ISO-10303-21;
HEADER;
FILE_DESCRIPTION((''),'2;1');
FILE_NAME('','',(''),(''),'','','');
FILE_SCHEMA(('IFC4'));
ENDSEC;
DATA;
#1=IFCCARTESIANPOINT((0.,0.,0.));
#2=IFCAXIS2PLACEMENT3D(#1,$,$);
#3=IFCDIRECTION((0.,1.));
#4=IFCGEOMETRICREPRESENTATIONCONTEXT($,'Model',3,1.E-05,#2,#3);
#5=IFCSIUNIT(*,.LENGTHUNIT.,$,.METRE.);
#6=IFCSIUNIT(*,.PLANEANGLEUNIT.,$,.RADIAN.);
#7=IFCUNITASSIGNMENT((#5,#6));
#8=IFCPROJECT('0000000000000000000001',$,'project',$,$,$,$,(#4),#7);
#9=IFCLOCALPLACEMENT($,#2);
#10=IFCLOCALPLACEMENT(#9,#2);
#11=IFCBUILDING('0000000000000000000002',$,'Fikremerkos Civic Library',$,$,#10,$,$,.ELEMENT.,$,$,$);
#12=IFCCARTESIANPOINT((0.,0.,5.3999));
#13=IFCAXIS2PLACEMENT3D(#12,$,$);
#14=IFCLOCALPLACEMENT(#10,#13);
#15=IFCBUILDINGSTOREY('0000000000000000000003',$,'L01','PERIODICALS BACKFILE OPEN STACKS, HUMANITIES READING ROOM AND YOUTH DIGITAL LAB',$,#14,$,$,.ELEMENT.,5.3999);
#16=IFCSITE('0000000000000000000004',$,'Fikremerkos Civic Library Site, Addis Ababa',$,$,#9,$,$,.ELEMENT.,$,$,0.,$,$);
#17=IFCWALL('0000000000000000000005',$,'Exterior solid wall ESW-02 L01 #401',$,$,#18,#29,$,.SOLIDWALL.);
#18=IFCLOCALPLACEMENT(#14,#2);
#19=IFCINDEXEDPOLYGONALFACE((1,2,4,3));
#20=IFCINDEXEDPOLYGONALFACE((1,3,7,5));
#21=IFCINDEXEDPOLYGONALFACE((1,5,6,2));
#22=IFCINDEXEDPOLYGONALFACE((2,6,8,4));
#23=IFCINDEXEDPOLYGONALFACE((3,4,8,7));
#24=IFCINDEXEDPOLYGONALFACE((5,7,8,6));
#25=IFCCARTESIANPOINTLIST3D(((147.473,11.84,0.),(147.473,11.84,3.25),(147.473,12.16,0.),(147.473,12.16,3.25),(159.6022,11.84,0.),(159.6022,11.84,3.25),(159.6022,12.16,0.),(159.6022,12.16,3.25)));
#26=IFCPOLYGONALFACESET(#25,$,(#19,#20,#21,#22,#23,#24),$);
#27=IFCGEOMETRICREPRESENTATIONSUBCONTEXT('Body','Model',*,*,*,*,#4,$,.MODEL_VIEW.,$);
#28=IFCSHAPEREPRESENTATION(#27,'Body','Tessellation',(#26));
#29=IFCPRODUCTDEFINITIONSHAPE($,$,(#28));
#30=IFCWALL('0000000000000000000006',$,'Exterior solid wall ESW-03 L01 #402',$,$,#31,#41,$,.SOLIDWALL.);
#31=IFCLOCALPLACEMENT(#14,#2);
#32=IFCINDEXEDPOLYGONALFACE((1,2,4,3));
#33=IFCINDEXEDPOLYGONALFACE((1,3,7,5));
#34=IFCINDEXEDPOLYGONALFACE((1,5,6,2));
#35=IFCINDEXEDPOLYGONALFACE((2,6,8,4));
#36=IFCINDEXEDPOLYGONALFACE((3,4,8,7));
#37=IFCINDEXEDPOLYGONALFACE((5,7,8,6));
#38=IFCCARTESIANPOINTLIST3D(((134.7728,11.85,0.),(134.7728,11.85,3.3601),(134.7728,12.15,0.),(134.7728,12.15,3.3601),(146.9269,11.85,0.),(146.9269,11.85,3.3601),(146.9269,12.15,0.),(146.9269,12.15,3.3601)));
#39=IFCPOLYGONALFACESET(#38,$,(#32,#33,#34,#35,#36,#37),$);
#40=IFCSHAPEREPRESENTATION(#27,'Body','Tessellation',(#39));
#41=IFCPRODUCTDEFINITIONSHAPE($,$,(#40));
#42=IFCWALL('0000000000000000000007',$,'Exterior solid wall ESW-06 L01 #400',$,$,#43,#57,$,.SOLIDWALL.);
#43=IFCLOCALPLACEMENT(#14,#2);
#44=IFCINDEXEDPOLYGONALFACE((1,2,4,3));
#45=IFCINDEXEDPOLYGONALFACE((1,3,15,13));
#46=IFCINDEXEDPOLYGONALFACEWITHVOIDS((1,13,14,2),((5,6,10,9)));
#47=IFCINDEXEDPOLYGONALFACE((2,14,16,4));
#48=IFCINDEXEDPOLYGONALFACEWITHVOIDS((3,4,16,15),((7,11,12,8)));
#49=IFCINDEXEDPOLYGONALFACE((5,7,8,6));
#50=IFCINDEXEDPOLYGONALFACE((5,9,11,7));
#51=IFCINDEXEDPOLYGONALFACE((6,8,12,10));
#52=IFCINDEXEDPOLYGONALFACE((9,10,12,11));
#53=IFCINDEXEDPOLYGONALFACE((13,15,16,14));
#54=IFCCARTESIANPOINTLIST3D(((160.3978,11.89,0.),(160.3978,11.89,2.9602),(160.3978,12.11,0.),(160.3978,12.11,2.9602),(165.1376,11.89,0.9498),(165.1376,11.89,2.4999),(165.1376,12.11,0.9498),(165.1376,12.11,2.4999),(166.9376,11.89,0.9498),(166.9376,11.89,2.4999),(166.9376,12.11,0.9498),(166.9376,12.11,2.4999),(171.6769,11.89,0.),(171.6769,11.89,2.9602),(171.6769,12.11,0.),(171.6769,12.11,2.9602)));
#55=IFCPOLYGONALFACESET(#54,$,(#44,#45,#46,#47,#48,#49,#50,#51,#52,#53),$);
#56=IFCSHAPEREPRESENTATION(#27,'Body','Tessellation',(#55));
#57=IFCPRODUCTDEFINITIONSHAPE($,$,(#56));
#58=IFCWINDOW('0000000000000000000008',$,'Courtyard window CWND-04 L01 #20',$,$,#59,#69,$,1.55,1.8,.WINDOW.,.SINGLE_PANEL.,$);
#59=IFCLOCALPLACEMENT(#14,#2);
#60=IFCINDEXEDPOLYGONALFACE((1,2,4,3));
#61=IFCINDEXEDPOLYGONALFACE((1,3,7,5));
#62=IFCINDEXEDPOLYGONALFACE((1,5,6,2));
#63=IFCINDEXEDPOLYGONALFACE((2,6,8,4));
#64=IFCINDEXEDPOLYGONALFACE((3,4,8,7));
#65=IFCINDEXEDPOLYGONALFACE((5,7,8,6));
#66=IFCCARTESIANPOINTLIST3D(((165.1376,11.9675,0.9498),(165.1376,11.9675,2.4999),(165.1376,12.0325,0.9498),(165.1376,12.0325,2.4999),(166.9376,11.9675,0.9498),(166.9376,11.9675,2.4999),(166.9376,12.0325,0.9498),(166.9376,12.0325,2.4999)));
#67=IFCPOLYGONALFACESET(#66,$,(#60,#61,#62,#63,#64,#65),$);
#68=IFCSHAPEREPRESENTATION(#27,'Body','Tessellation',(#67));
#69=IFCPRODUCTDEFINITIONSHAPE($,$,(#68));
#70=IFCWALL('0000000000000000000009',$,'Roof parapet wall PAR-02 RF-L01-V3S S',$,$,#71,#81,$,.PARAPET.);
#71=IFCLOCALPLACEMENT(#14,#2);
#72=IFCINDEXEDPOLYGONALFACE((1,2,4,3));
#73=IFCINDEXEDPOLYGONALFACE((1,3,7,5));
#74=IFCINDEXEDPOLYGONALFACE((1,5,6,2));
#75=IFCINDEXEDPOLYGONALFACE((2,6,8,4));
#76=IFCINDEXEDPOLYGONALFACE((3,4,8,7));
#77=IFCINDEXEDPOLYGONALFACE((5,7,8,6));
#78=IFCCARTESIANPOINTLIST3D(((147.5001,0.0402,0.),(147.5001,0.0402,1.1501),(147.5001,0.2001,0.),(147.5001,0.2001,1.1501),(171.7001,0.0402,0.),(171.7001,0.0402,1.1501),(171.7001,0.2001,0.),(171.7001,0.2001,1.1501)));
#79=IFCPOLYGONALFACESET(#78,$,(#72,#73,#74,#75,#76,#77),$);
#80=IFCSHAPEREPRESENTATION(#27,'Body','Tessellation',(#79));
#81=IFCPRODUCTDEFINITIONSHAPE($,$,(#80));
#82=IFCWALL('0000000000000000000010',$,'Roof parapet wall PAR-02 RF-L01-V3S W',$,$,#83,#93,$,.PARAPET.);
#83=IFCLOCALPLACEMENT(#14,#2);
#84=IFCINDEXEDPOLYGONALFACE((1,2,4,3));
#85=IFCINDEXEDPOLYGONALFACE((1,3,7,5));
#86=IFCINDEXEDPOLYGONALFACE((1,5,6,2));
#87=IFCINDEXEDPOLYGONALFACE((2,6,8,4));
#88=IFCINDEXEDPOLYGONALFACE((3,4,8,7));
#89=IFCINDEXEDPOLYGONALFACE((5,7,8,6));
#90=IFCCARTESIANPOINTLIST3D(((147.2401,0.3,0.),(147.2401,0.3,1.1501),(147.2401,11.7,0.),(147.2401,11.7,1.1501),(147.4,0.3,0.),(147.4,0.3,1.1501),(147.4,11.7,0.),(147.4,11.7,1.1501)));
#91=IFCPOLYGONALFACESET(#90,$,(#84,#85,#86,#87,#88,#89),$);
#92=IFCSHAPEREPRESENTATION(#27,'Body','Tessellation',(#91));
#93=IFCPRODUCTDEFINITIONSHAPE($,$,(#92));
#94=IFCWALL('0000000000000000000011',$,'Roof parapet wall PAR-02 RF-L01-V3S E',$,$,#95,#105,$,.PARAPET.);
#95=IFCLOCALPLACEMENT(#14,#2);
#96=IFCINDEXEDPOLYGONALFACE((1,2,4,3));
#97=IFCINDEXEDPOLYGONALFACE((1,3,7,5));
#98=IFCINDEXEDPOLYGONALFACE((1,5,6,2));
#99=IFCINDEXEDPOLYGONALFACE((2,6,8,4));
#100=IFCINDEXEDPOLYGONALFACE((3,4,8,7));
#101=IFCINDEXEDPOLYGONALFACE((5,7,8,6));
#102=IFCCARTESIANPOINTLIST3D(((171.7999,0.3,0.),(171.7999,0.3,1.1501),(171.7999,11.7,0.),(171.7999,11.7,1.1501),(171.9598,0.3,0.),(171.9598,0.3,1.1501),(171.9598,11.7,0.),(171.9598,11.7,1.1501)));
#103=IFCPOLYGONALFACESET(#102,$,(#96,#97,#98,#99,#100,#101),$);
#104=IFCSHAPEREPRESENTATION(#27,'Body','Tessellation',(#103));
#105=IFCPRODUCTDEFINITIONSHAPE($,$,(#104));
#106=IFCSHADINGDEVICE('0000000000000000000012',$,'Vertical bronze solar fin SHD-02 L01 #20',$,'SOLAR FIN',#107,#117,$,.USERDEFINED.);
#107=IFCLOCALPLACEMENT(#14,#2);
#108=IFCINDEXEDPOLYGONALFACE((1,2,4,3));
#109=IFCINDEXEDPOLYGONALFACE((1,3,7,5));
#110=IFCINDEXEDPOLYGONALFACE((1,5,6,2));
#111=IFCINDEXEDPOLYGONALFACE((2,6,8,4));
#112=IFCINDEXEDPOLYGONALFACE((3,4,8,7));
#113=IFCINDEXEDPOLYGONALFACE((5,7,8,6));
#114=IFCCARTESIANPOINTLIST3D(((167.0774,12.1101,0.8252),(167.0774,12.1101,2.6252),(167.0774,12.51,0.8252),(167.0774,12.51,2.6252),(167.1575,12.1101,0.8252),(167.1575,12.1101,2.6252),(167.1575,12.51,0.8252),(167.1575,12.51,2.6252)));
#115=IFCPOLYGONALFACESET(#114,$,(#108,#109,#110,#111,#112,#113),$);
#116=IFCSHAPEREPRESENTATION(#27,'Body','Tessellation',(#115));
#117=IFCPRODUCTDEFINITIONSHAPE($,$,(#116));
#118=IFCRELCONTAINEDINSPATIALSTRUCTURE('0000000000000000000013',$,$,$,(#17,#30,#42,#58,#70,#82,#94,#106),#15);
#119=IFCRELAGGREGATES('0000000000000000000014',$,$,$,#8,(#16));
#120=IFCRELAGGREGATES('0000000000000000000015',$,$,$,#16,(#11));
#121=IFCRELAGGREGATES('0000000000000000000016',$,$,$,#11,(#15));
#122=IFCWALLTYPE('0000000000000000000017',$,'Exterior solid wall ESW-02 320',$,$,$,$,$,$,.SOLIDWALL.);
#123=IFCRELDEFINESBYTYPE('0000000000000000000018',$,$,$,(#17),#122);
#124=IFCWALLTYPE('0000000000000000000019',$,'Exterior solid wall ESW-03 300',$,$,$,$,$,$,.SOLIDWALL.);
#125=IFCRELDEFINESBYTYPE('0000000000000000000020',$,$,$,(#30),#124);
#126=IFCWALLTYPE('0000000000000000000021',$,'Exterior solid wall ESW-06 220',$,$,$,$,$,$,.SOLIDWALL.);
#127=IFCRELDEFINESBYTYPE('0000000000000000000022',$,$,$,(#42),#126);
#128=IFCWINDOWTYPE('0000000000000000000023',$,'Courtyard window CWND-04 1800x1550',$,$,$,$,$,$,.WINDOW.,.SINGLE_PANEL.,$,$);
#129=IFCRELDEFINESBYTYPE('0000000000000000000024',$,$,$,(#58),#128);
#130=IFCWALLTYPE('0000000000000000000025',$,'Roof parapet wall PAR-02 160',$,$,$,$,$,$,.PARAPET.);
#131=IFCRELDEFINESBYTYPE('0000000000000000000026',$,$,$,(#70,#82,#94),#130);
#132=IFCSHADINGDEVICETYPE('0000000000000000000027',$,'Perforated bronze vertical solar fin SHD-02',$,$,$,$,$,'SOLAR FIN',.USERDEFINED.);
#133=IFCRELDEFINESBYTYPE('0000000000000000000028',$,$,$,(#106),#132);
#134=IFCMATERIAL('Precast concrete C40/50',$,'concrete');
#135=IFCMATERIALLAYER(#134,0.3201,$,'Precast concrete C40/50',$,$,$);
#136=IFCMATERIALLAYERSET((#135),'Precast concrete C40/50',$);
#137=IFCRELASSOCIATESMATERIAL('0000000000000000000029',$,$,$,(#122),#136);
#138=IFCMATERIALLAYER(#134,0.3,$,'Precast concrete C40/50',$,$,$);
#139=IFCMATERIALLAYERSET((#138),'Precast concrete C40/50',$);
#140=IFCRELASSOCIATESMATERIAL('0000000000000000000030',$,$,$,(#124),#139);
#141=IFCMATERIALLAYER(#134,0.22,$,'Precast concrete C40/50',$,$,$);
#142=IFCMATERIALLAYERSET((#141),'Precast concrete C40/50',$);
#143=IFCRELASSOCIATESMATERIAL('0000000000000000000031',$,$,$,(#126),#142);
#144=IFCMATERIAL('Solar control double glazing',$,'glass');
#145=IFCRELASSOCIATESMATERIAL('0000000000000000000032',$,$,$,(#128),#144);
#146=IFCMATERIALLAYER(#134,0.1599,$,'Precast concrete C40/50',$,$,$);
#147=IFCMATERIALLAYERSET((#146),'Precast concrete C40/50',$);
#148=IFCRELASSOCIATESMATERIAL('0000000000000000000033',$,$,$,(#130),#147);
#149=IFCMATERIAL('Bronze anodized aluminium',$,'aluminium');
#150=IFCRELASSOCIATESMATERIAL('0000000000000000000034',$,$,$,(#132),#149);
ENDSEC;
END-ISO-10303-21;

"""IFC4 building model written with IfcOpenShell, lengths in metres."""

from ifc_helpers import new_model, si_unit, direction, frame, frame_2d, origin, origin_2d, place, context, subcontext, project, spatial, rectangle, extrude, material, layer, layer_set, type_object, element, fill, save


model = new_model("IFC4")

# Units and contexts
model_context = context("Model", 3, precision=1e-05, world=origin(), true_north=direction((0.0, 1.0)))
body_context = subcontext(model_context, "Body", "Model", "MODEL_VIEW")
ifc_project = project(units=[si_unit("LENGTHUNIT", "METRE"), si_unit("PLANEANGLEUNIT", "RADIAN")], contexts=[model_context])

# Site, building, storey
site_placement = place(None, origin())
site = spatial("IfcSite", under=ifc_project, at=site_placement, Name="Fikremerkos Civic Library Site, Addis Ababa", CompositionType="ELEMENT", RefElevation=0.0)
building_placement = place(site_placement, origin())
building = spatial("IfcBuilding", under=site, at=building_placement, Name="Fikremerkos Civic Library", CompositionType="ELEMENT")
storey_placement = place(building_placement, frame((0.0, 0.0, 5.3999)))
storey = spatial("IfcBuildingStorey", under=building, at=storey_placement, Name="L01", Description="PERIODICALS BACKFILE OPEN STACKS, HUMANITIES READING ROOM AND YOUTH DIGITAL LAB", CompositionType="ELEMENT", Elevation=5.3999)

# Walls
ifc_material_1 = material(Name="Precast concrete C40/50", Category="concrete")
ifc_layer_1 = layer(ifc_material_1, 0.3201, Name="Precast concrete C40/50")
ifc_layer_set_1 = layer_set([ifc_layer_1], Name="Precast concrete C40/50")
wall_type_1 = type_object("IfcWallType", Name="Exterior solid wall ESW-02 320", PredefinedType="SOLIDWALL", material=ifc_layer_set_1)
wall_1_placement = place(storey_placement, frame((159.6021, 12.0, 0.0), z_axis=(0.0, 0.0, 1.0), x_axis=(-1.0, 0.0, 0.0)))
element("IfcWall", 1, at=wall_1_placement, inside=storey, type_object=wall_type_1, Name="Exterior solid wall ESW-02 L01 #401", PredefinedType="SOLIDWALL", context=body_context, shape_type="SweptSolid", body=[
    extrude(rectangle(XDim=12.1292, YDim=0.3201, at=frame_2d((6.0645, 0.0))), origin(), (0.0, 0.0, 1.0), 3.25),
])
ifc_layer_2 = layer(ifc_material_1, 0.3, Name="Precast concrete C40/50")
ifc_layer_set_2 = layer_set([ifc_layer_2], Name="Precast concrete C40/50")
wall_type_2 = type_object("IfcWallType", Name="Exterior solid wall ESW-03 300", PredefinedType="SOLIDWALL", material=ifc_layer_set_2)
wall_2_placement = place(storey_placement, frame((146.927, 12.0, 0.0), z_axis=(0.0, 0.0, 1.0), x_axis=(-1.0, 0.0, 0.0)))
element("IfcWall", 2, at=wall_2_placement, inside=storey, type_object=wall_type_2, Name="Exterior solid wall ESW-03 L01 #402", PredefinedType="SOLIDWALL", context=body_context, shape_type="SweptSolid", body=[
    extrude(rectangle(XDim=12.1541, YDim=0.3, at=frame_2d((6.0771, 0.0))), origin(), (0.0, 0.0, 1.0), 3.3601),
])

# Wall, opening, window
ifc_layer_3 = layer(ifc_material_1, 0.22, Name="Precast concrete C40/50")
ifc_layer_set_3 = layer_set([ifc_layer_3], Name="Precast concrete C40/50")
wall_type_3 = type_object("IfcWallType", Name="Exterior solid wall ESW-06 220", PredefinedType="SOLIDWALL", material=ifc_layer_set_3)
wall_3_placement = place(storey_placement, frame((171.677, 12.0, 0.0), z_axis=(0.0, 0.0, 1.0), x_axis=(-1.0, 0.0, 0.0)))
wall_3 = element("IfcWall", 3, at=wall_3_placement, inside=storey, type_object=wall_type_3, Name="Exterior solid wall ESW-06 L01 #400", PredefinedType="SOLIDWALL", context=body_context, shape_type="SweptSolid", body=[
    extrude(rectangle(XDim=11.2791, YDim=0.22, at=frame_2d((5.6396, 0.0))), origin(), (0.0, 0.0, 1.0), 2.9602),
])
opening_placement = place(wall_3_placement, frame((4.7395, 0.0, 0.95)))
opening = element("IfcOpeningElement", 4, at=opening_placement, cuts=wall_3, PredefinedType="OPENING", context=body_context, shape_type="SweptSolid", body=[
    extrude(rectangle(XDim=1.8, YDim=1.55, at=frame_2d((0.8999, 0.7749))), frame((0.0, 0.1199, 0.0), z_axis=(0.0, -1.0, 0.0), x_axis=(1.0, 0.0, 0.0)), (0.0, 0.0, 1.0), 0.24),
])
ifc_material_2 = material(Name="Solar control double glazing", Category="glass")
window_type = type_object("IfcWindowType", Name="Courtyard window CWND-04 1800x1550", PartitioningType="SINGLE_PANEL", PredefinedType="WINDOW", material=ifc_material_2)
window_placement = place(opening_placement, origin())
window = element("IfcWindow", 5, at=window_placement, inside=storey, type_object=window_type, Name="Courtyard window CWND-04 L01 #20", OverallHeight=1.55, OverallWidth=1.8, PartitioningType="SINGLE_PANEL", PredefinedType="WINDOW", context=body_context, shape_type="SweptSolid", body=[
    extrude(rectangle(XDim=1.8, YDim=1.55, at=frame_2d((0.8999, 0.7749))), frame((0.0, 0.0325, 0.0), z_axis=(0.0, -1.0, 0.0), x_axis=(1.0, 0.0, 0.0)), (0.0, 0.0, 1.0), 0.0649),
])
fill(opening, window)

# Walls
ifc_layer_4 = layer(ifc_material_1, 0.1599, Name="Precast concrete C40/50")
ifc_layer_set_4 = layer_set([ifc_layer_4], Name="Precast concrete C40/50")
wall_type_4 = type_object("IfcWallType", Name="Roof parapet wall PAR-02 160", PredefinedType="PARAPET", material=ifc_layer_set_4)
wall_4_placement = place(storey_placement, frame((147.5, 0.1201, 0.0), z_axis=(0.0, 0.0, 1.0), x_axis=(1.0, 0.0, 0.0)))
element("IfcWall", 6, at=wall_4_placement, inside=storey, type_object=wall_type_4, Name="Roof parapet wall PAR-02 RF-L01-V3S S", PredefinedType="PARAPET", context=body_context, shape_type="SweptSolid", body=[
    extrude(rectangle(XDim=24.2, YDim=0.1599, at=frame_2d((12.1001, 0.0))), origin(), (0.0, 0.0, 1.0), 1.1501),
])
for number, where, z_axis, x_axis, name in (
    (7, (147.3201, 0.3, 0.0), (0.0, 0.0, 1.0), (0.0, 1.0, 0.0), "Roof parapet wall PAR-02 RF-L01-V3S W"),
    (8, (171.8799, 0.3, 0.0), (0.0, 0.0, 1.0), (0.0, 1.0, 0.0), "Roof parapet wall PAR-02 RF-L01-V3S E"),
):
    element("IfcWall", number, at=place(storey_placement, frame(where, z_axis=z_axis, x_axis=x_axis)), inside=storey, type_object=wall_type_4, Name=name, PredefinedType="PARAPET", context=body_context, shape_type="SweptSolid", body=[
        extrude(rectangle(XDim=11.3999, YDim=0.1599, at=frame_2d((5.7, 0.0))), origin(), (0.0, 0.0, 1.0), 1.1501),
    ])

# Shading device
ifc_material_3 = material(Name="Bronze anodized aluminium", Category="aluminium")
shading_device_type = type_object("IfcShadingDeviceType", Name="Perforated bronze vertical solar fin SHD-02", ElementType="SOLAR FIN", PredefinedType="USERDEFINED", material=ifc_material_3)
shading_device_placement = place(storey_placement, frame((167.1174, 12.3101, 0.8252), z_axis=(0.0, 0.0, 1.0), x_axis=(1.0, 0.0, 0.0)))
element("IfcShadingDevice", 9, at=shading_device_placement, inside=storey, type_object=shading_device_type, Name="Vertical bronze solar fin SHD-02 L01 #20", ObjectType="SOLAR FIN", PredefinedType="USERDEFINED", context=body_context, shape_type="SweptSolid", body=[
    extrude(rectangle(XDim=0.0801, YDim=0.3999, at=origin_2d()), origin(), (0.0, 0.0, 1.0), 1.8),
])

save(model, "model.ifc")
